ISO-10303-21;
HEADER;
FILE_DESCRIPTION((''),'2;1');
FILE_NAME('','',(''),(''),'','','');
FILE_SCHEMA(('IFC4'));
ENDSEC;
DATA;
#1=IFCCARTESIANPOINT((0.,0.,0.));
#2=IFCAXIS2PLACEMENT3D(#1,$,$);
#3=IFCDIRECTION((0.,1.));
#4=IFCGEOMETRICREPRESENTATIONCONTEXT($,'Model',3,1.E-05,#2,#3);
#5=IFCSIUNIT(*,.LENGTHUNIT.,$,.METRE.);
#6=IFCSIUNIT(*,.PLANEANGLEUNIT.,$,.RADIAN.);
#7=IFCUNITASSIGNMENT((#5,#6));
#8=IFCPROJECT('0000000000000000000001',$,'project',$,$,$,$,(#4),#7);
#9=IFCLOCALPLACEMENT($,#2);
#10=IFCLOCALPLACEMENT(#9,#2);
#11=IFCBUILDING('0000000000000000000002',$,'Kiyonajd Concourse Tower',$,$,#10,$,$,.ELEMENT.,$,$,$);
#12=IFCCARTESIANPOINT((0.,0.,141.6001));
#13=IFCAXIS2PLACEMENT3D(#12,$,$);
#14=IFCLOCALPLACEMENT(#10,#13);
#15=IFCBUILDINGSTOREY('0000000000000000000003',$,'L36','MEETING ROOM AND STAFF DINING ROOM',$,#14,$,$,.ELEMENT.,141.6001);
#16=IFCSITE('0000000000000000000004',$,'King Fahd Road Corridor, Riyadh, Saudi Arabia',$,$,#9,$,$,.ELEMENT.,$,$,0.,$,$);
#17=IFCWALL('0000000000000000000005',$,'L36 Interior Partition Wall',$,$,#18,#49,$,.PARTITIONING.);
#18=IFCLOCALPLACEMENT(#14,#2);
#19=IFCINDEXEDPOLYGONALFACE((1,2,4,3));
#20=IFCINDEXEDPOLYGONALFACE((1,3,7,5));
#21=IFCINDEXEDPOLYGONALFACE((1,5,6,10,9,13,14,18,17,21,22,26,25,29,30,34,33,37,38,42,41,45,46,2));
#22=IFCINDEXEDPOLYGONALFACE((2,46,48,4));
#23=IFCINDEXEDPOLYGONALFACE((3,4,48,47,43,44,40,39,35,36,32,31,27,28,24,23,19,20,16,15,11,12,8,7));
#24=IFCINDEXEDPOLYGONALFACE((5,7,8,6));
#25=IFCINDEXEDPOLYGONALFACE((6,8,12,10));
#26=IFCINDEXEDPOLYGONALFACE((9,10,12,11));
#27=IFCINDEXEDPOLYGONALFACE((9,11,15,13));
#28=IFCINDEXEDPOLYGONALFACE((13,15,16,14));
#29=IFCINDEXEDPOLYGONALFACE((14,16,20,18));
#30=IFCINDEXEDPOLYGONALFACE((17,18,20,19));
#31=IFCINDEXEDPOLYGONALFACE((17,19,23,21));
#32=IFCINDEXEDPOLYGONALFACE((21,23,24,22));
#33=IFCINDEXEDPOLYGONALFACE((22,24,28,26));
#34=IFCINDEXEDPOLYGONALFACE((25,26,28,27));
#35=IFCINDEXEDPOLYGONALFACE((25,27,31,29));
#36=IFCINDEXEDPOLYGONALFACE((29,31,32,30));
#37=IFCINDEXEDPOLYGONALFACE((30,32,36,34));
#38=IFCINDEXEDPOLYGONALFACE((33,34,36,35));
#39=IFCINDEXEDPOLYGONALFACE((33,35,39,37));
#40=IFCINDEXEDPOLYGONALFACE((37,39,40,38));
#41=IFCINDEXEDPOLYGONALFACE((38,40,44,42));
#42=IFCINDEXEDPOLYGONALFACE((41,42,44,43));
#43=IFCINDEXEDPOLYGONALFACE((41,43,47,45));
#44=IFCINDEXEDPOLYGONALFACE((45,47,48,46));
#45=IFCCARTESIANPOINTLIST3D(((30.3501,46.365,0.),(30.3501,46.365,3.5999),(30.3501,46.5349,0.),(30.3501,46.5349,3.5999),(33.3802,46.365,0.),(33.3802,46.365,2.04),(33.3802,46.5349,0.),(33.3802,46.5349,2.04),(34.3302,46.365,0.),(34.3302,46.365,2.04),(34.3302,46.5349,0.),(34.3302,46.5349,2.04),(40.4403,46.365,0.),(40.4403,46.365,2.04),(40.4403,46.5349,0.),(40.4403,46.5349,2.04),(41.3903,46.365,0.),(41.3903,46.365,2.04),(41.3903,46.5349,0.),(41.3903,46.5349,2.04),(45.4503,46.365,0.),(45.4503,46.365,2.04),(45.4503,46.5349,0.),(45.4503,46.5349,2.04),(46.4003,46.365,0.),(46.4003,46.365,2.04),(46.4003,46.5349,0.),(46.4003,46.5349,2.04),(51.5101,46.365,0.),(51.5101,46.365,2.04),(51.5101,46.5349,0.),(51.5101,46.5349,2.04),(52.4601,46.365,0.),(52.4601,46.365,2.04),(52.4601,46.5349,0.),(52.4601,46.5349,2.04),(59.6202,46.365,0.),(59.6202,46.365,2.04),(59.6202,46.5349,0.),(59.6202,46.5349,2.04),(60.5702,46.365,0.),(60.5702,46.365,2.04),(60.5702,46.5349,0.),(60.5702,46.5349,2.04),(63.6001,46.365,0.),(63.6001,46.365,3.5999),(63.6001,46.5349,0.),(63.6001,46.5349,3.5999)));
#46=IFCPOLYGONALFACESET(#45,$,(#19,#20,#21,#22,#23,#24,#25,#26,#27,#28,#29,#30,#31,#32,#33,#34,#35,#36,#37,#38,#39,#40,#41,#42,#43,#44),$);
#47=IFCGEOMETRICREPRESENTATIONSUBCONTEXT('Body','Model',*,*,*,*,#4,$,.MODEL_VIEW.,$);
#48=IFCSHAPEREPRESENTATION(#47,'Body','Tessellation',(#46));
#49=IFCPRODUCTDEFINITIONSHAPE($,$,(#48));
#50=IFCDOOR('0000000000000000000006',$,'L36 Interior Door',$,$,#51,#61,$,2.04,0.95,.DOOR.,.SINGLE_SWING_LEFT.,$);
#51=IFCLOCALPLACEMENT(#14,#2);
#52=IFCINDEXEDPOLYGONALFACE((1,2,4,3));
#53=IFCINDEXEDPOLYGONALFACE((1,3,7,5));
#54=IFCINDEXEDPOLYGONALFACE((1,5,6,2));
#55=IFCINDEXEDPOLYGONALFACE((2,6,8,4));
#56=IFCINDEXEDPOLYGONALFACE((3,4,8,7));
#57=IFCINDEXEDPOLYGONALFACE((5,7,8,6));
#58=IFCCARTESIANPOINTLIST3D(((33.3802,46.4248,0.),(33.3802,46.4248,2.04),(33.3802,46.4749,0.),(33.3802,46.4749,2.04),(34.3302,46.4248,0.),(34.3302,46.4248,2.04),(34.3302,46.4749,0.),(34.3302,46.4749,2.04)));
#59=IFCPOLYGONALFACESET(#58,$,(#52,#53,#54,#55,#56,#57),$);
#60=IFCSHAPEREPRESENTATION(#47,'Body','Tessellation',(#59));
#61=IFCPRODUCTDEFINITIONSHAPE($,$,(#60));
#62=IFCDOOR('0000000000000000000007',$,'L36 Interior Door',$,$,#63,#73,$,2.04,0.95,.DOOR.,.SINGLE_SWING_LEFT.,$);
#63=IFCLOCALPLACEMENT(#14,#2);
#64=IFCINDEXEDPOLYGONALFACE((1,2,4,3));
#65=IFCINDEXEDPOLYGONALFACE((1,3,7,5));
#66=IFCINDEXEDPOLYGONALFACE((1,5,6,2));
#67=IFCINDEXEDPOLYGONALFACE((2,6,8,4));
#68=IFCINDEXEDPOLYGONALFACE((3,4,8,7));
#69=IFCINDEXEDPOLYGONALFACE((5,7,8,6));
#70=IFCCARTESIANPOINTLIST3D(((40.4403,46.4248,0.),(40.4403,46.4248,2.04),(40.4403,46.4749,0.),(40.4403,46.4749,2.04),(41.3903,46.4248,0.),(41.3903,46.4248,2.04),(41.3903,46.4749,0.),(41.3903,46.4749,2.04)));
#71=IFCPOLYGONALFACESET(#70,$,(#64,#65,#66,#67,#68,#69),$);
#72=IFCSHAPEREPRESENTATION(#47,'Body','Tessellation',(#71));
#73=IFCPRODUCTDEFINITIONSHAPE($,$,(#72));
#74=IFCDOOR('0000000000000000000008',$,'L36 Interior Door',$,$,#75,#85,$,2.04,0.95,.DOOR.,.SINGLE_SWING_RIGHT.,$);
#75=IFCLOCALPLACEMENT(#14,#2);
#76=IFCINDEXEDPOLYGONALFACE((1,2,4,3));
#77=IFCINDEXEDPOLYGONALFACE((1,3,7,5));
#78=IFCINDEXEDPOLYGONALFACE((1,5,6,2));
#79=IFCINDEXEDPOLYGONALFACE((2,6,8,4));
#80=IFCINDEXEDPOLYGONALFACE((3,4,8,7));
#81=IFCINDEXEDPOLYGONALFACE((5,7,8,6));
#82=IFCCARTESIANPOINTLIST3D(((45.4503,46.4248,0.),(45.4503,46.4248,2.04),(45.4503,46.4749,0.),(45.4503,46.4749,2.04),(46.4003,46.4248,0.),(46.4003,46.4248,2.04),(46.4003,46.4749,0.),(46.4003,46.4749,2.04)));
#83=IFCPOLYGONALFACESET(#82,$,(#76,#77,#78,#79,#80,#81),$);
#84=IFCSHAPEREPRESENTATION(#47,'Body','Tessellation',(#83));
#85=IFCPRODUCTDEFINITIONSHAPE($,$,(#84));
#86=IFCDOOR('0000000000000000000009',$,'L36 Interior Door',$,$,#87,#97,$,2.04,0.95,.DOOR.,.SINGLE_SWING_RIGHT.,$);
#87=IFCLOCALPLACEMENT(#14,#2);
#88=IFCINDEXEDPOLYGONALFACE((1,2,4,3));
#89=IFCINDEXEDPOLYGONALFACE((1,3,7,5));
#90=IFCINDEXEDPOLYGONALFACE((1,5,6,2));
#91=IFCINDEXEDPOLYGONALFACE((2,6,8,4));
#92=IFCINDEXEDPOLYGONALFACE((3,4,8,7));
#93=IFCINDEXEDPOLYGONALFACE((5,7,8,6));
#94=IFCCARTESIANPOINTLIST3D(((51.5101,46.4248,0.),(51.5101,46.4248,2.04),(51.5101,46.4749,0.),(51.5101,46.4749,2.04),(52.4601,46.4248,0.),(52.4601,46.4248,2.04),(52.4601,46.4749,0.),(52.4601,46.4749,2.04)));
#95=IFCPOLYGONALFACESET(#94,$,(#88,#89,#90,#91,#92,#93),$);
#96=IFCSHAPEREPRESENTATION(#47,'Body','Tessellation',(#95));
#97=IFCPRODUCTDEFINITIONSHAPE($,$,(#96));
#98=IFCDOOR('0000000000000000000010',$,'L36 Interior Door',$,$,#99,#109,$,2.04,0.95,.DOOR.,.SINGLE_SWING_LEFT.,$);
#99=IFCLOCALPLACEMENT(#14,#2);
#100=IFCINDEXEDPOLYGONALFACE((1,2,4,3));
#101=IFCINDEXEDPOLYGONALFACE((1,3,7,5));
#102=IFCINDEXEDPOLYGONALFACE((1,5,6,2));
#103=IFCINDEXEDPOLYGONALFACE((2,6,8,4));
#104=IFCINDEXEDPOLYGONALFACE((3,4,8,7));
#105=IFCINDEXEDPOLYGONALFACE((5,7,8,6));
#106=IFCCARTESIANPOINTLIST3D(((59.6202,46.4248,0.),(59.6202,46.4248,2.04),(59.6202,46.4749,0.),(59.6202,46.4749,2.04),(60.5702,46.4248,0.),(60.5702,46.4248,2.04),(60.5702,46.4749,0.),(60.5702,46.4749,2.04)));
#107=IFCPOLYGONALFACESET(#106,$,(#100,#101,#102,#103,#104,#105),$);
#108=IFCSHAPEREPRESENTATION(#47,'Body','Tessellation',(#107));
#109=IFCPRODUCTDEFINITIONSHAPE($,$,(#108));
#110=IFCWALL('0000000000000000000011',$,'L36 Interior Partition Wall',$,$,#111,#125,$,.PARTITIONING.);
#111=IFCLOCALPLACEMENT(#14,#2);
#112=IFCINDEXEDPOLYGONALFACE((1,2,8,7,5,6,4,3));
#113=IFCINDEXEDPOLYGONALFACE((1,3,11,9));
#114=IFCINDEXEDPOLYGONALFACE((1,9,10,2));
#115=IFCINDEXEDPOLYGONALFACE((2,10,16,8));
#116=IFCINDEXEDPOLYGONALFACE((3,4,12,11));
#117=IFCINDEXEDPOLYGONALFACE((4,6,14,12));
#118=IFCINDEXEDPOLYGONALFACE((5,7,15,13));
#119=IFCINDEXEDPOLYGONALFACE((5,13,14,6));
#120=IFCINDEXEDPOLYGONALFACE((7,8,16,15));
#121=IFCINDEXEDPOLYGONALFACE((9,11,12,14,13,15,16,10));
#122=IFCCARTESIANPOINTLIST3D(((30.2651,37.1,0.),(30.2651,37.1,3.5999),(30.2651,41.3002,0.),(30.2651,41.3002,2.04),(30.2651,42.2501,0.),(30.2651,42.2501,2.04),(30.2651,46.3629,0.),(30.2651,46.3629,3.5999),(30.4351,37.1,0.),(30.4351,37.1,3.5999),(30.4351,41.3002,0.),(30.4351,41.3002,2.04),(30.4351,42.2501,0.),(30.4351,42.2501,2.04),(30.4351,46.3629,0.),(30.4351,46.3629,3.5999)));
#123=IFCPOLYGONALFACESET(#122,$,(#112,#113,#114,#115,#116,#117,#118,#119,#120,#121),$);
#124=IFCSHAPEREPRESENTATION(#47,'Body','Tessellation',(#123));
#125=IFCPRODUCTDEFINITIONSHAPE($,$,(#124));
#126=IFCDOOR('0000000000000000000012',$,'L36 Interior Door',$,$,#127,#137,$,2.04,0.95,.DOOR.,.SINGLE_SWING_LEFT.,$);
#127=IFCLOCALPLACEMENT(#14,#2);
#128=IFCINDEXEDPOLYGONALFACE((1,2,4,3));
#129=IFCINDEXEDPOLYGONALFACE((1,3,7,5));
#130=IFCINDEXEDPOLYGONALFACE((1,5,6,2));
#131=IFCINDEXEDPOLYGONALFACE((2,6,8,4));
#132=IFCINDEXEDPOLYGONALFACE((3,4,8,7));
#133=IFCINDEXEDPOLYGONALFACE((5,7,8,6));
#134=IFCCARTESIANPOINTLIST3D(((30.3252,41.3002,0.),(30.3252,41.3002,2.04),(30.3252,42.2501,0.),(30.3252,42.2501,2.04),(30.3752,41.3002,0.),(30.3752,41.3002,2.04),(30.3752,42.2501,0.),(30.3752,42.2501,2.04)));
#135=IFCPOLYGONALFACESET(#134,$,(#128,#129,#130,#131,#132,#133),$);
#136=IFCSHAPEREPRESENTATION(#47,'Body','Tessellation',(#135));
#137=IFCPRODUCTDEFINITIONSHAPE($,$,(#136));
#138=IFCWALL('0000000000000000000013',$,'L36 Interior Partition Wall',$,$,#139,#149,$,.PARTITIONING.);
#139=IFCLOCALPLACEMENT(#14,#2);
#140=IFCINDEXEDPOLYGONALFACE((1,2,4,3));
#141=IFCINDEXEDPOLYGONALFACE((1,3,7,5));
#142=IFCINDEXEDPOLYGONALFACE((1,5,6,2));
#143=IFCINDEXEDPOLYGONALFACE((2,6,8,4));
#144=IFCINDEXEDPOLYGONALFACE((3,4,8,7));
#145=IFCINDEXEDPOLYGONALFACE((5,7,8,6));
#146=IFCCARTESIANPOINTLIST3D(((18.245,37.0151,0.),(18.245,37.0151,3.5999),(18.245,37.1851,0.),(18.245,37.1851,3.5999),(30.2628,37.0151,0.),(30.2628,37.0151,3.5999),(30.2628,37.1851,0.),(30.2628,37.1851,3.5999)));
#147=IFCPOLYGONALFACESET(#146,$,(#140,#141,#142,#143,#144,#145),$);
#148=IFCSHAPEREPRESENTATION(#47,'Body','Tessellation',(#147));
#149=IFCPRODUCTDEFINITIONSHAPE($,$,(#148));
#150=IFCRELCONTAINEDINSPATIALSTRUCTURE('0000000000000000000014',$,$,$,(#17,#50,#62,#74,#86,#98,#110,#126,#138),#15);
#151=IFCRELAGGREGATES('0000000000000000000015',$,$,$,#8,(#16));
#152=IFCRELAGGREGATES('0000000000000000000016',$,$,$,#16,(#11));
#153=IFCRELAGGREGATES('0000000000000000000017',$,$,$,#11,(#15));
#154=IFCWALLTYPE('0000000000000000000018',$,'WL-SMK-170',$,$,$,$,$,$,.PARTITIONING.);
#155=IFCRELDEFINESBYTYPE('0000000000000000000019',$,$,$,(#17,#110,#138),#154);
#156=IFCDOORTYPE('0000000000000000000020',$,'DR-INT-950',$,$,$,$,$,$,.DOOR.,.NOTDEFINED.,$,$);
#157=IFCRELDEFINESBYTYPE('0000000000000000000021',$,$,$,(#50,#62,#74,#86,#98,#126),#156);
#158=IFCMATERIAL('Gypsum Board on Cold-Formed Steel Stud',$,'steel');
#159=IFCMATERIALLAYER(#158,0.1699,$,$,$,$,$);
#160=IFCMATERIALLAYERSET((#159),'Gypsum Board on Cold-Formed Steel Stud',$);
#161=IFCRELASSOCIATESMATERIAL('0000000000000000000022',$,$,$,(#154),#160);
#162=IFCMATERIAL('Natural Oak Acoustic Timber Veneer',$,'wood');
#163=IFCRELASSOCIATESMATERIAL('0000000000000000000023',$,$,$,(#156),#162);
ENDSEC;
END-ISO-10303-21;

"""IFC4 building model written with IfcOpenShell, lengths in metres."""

from ifc_helpers import new_model, si_unit, direction, frame, frame_2d, origin, place, context, subcontext, project, spatial, rectangle, extrude, material, layer, layer_set, type_object, element, fill, save


model = new_model("IFC4")

# Units and contexts
model_context = context("Model", 3, precision=1e-05, world=origin(), true_north=direction((0.0, 1.0)))
body_context = subcontext(model_context, "Body", "Model", "MODEL_VIEW")
ifc_project = project(units=[si_unit("LENGTHUNIT", "METRE"), si_unit("PLANEANGLEUNIT", "RADIAN")], contexts=[model_context])

# Site, building, storey
site_placement = place(None, origin())
site = spatial("IfcSite", under=ifc_project, at=site_placement, Name="King Fahd Road Corridor, Riyadh, Saudi Arabia", CompositionType="ELEMENT", RefElevation=0.0)
building_placement = place(site_placement, origin())
building = spatial("IfcBuilding", under=site, at=building_placement, Name="Kiyonajd Concourse Tower", CompositionType="ELEMENT")
storey_placement = place(building_placement, frame((0.0, 0.0, 141.6001)))
storey = spatial("IfcBuildingStorey", under=building, at=storey_placement, Name="L36", Description="MEETING ROOM AND STAFF DINING ROOM", CompositionType="ELEMENT", Elevation=141.6001)

# Wall, openings, doors
ifc_material_1 = material(Name="Gypsum Board on Cold-Formed Steel Stud", Category="steel")
ifc_layer_1 = layer(ifc_material_1, 0.1699)
ifc_layer_set_1 = layer_set([ifc_layer_1], Name="Gypsum Board on Cold-Formed Steel Stud")
wall_type = type_object("IfcWallType", Name="WL-SMK-170", PredefinedType="PARTITIONING", material=ifc_layer_set_1)
wall_1_placement = place(storey_placement, frame((30.3501, 46.45, 0.0), z_axis=(0.0, 0.0, 1.0), x_axis=(1.0, 0.0, 0.0)))
wall_1 = element("IfcWall", 1, at=wall_1_placement, inside=storey, type_object=wall_type, Name="L36 Interior Partition Wall", PredefinedType="PARTITIONING", context=body_context, shape_type="SweptSolid", body=[
    extrude(rectangle(XDim=33.25, YDim=0.1699, at=frame_2d((16.625, 0.0))), origin(), (0.0, 0.0, 1.0), 3.5999),
])
opening_1_placement = place(wall_1_placement, frame((3.03, 0.0, 0.0)))
opening_1 = element("IfcOpeningElement", 2, at=opening_1_placement, cuts=wall_1, PredefinedType="OPENING", context=body_context, shape_type="SweptSolid", body=[
    extrude(rectangle(XDim=0.95, YDim=2.04, at=frame_2d((0.4751, 1.02))), frame((0.0, 0.095, 0.0), z_axis=(0.0, -1.0, 0.0), x_axis=(1.0, 0.0, 0.0)), (0.0, 0.0, 1.0), 0.1899),
])
opening_2_placement = place(wall_1_placement, frame((10.0901, 0.0, 0.0)))
opening_2 = element("IfcOpeningElement", 3, at=opening_2_placement, cuts=wall_1, PredefinedType="OPENING", context=body_context, shape_type="SweptSolid", body=[
    extrude(rectangle(XDim=0.95, YDim=2.04, at=frame_2d((0.4751, 1.02))), frame((0.0, 0.095, 0.0), z_axis=(0.0, -1.0, 0.0), x_axis=(1.0, 0.0, 0.0)), (0.0, 0.0, 1.0), 0.1899),
])
opening_3_placement = place(wall_1_placement, frame((15.1001, 0.0, 0.0)))
opening_3 = element("IfcOpeningElement", 4, at=opening_3_placement, cuts=wall_1, PredefinedType="OPENING", context=body_context, shape_type="SweptSolid", body=[
    extrude(rectangle(XDim=0.95, YDim=2.04, at=frame_2d((0.4751, 1.02))), frame((0.0, 0.095, 0.0), z_axis=(0.0, -1.0, 0.0), x_axis=(1.0, 0.0, 0.0)), (0.0, 0.0, 1.0), 0.1899),
])
opening_4_placement = place(wall_1_placement, frame((21.1599, 0.0, 0.0)))
opening_4 = element("IfcOpeningElement", 5, at=opening_4_placement, cuts=wall_1, PredefinedType="OPENING", context=body_context, shape_type="SweptSolid", body=[
    extrude(rectangle(XDim=0.95, YDim=2.04, at=frame_2d((0.4751, 1.02))), frame((0.0, 0.095, 0.0), z_axis=(0.0, -1.0, 0.0), x_axis=(1.0, 0.0, 0.0)), (0.0, 0.0, 1.0), 0.1899),
])
opening_5_placement = place(wall_1_placement, frame((29.27, 0.0, 0.0)))
opening_5 = element("IfcOpeningElement", 6, at=opening_5_placement, cuts=wall_1, PredefinedType="OPENING", context=body_context, shape_type="SweptSolid", body=[
    extrude(rectangle(XDim=0.95, YDim=2.04, at=frame_2d((0.4751, 1.02))), frame((0.0, 0.095, 0.0), z_axis=(0.0, -1.0, 0.0), x_axis=(1.0, 0.0, 0.0)), (0.0, 0.0, 1.0), 0.1899),
])
ifc_material_2 = material(Name="Natural Oak Acoustic Timber Veneer", Category="wood")
door_type = type_object("IfcDoorType", Name="DR-INT-950", OperationType="NOTDEFINED", PredefinedType="DOOR", material=ifc_material_2)
door_1_placement = place(opening_1_placement, origin())
door_1 = element("IfcDoor", 7, at=door_1_placement, inside=storey, type_object=door_type, Name="L36 Interior Door", OperationType="SINGLE_SWING_LEFT", OverallHeight=2.04, OverallWidth=0.95, PredefinedType="DOOR", context=body_context, shape_type="SweptSolid", body=[
    extrude(rectangle(XDim=0.95, YDim=2.04, at=frame_2d((0.4751, 1.02))), frame((0.0, 0.0249, 0.0), z_axis=(0.0, -1.0, 0.0), x_axis=(1.0, 0.0, 0.0)), (0.0, 0.0, 1.0), 0.05),
])
fill(opening_1, door_1)
door_2_placement = place(opening_2_placement, origin())
door_2 = element("IfcDoor", 8, at=door_2_placement, inside=storey, type_object=door_type, Name="L36 Interior Door", OperationType="SINGLE_SWING_LEFT", OverallHeight=2.04, OverallWidth=0.95, PredefinedType="DOOR", context=body_context, shape_type="SweptSolid", body=[
    extrude(rectangle(XDim=0.95, YDim=2.04, at=frame_2d((0.4751, 1.02))), frame((0.0, 0.0249, 0.0), z_axis=(0.0, -1.0, 0.0), x_axis=(1.0, 0.0, 0.0)), (0.0, 0.0, 1.0), 0.05),
])
fill(opening_2, door_2)
door_3_placement = place(opening_3_placement, origin())
door_3 = element("IfcDoor", 9, at=door_3_placement, inside=storey, type_object=door_type, Name="L36 Interior Door", OperationType="SINGLE_SWING_RIGHT", OverallHeight=2.04, OverallWidth=0.95, PredefinedType="DOOR", context=body_context, shape_type="SweptSolid", body=[
    extrude(rectangle(XDim=0.95, YDim=2.04, at=frame_2d((0.4751, 1.02))), frame((0.0, 0.0249, 0.0), z_axis=(0.0, -1.0, 0.0), x_axis=(1.0, 0.0, 0.0)), (0.0, 0.0, 1.0), 0.05),
])
fill(opening_3, door_3)
door_4_placement = place(opening_4_placement, origin())
door_4 = element("IfcDoor", 10, at=door_4_placement, inside=storey, type_object=door_type, Name="L36 Interior Door", OperationType="SINGLE_SWING_RIGHT", OverallHeight=2.04, OverallWidth=0.95, PredefinedType="DOOR", context=body_context, shape_type="SweptSolid", body=[
    extrude(rectangle(XDim=0.95, YDim=2.04, at=frame_2d((0.4751, 1.02))), frame((0.0, 0.0249, 0.0), z_axis=(0.0, -1.0, 0.0), x_axis=(1.0, 0.0, 0.0)), (0.0, 0.0, 1.0), 0.05),
])
fill(opening_4, door_4)
door_5_placement = place(opening_5_placement, origin())
door_5 = element("IfcDoor", 11, at=door_5_placement, inside=storey, type_object=door_type, Name="L36 Interior Door", OperationType="SINGLE_SWING_LEFT", OverallHeight=2.04, OverallWidth=0.95, PredefinedType="DOOR", context=body_context, shape_type="SweptSolid", body=[
    extrude(rectangle(XDim=0.95, YDim=2.04, at=frame_2d((0.4751, 1.02))), frame((0.0, 0.0249, 0.0), z_axis=(0.0, -1.0, 0.0), x_axis=(1.0, 0.0, 0.0)), (0.0, 0.0, 1.0), 0.05),
])
fill(opening_5, door_5)

# Wall, opening, door
wall_2_placement = place(storey_placement, frame((30.3501, 37.1001, 0.0), z_axis=(0.0, 0.0, 1.0), x_axis=(0.0, 1.0, 0.0)))
wall_2 = element("IfcWall", 12, at=wall_2_placement, inside=storey, type_object=wall_type, Name="L36 Interior Partition Wall", PredefinedType="PARTITIONING", context=body_context, shape_type="SweptSolid", body=[
    extrude(rectangle(XDim=9.2629, YDim=0.1699, at=frame_2d((4.6313, 0.0))), origin(), (0.0, 0.0, 1.0), 3.5999),
])
opening_6_placement = place(wall_2_placement, frame((4.2, 0.0, 0.0)))
opening_6 = element("IfcOpeningElement", 13, at=opening_6_placement, cuts=wall_2, PredefinedType="OPENING", context=body_context, shape_type="SweptSolid", body=[
    extrude(rectangle(XDim=0.95, YDim=2.04, at=frame_2d((0.4751, 1.02))), frame((0.0, 0.095, 0.0), z_axis=(0.0, -1.0, 0.0), x_axis=(1.0, 0.0, 0.0)), (0.0, 0.0, 1.0), 0.1899),
])
door_6_placement = place(opening_6_placement, origin())
door_6 = element("IfcDoor", 14, at=door_6_placement, inside=storey, type_object=door_type, Name="L36 Interior Door", OperationType="SINGLE_SWING_LEFT", OverallHeight=2.04, OverallWidth=0.95, PredefinedType="DOOR", context=body_context, shape_type="SweptSolid", body=[
    extrude(rectangle(XDim=0.95, YDim=2.04, at=frame_2d((0.4751, 1.02))), frame((0.0, 0.0249, 0.0), z_axis=(0.0, -1.0, 0.0), x_axis=(1.0, 0.0, 0.0)), (0.0, 0.0, 1.0), 0.05),
])
fill(opening_6, door_6)

# Wall
wall_3_placement = place(storey_placement, frame((18.2451, 37.1001, 0.0), z_axis=(0.0, 0.0, 1.0), x_axis=(1.0, 0.0, 0.0)))
element("IfcWall", 15, at=wall_3_placement, inside=storey, type_object=wall_type, Name="L36 Interior Partition Wall", PredefinedType="PARTITIONING", context=body_context, shape_type="SweptSolid", body=[
    extrude(rectangle(XDim=12.0178, YDim=0.1699, at=frame_2d((6.0088, 0.0))), origin(), (0.0, 0.0, 1.0), 3.5999),
])

save(model, "model.ifc")
